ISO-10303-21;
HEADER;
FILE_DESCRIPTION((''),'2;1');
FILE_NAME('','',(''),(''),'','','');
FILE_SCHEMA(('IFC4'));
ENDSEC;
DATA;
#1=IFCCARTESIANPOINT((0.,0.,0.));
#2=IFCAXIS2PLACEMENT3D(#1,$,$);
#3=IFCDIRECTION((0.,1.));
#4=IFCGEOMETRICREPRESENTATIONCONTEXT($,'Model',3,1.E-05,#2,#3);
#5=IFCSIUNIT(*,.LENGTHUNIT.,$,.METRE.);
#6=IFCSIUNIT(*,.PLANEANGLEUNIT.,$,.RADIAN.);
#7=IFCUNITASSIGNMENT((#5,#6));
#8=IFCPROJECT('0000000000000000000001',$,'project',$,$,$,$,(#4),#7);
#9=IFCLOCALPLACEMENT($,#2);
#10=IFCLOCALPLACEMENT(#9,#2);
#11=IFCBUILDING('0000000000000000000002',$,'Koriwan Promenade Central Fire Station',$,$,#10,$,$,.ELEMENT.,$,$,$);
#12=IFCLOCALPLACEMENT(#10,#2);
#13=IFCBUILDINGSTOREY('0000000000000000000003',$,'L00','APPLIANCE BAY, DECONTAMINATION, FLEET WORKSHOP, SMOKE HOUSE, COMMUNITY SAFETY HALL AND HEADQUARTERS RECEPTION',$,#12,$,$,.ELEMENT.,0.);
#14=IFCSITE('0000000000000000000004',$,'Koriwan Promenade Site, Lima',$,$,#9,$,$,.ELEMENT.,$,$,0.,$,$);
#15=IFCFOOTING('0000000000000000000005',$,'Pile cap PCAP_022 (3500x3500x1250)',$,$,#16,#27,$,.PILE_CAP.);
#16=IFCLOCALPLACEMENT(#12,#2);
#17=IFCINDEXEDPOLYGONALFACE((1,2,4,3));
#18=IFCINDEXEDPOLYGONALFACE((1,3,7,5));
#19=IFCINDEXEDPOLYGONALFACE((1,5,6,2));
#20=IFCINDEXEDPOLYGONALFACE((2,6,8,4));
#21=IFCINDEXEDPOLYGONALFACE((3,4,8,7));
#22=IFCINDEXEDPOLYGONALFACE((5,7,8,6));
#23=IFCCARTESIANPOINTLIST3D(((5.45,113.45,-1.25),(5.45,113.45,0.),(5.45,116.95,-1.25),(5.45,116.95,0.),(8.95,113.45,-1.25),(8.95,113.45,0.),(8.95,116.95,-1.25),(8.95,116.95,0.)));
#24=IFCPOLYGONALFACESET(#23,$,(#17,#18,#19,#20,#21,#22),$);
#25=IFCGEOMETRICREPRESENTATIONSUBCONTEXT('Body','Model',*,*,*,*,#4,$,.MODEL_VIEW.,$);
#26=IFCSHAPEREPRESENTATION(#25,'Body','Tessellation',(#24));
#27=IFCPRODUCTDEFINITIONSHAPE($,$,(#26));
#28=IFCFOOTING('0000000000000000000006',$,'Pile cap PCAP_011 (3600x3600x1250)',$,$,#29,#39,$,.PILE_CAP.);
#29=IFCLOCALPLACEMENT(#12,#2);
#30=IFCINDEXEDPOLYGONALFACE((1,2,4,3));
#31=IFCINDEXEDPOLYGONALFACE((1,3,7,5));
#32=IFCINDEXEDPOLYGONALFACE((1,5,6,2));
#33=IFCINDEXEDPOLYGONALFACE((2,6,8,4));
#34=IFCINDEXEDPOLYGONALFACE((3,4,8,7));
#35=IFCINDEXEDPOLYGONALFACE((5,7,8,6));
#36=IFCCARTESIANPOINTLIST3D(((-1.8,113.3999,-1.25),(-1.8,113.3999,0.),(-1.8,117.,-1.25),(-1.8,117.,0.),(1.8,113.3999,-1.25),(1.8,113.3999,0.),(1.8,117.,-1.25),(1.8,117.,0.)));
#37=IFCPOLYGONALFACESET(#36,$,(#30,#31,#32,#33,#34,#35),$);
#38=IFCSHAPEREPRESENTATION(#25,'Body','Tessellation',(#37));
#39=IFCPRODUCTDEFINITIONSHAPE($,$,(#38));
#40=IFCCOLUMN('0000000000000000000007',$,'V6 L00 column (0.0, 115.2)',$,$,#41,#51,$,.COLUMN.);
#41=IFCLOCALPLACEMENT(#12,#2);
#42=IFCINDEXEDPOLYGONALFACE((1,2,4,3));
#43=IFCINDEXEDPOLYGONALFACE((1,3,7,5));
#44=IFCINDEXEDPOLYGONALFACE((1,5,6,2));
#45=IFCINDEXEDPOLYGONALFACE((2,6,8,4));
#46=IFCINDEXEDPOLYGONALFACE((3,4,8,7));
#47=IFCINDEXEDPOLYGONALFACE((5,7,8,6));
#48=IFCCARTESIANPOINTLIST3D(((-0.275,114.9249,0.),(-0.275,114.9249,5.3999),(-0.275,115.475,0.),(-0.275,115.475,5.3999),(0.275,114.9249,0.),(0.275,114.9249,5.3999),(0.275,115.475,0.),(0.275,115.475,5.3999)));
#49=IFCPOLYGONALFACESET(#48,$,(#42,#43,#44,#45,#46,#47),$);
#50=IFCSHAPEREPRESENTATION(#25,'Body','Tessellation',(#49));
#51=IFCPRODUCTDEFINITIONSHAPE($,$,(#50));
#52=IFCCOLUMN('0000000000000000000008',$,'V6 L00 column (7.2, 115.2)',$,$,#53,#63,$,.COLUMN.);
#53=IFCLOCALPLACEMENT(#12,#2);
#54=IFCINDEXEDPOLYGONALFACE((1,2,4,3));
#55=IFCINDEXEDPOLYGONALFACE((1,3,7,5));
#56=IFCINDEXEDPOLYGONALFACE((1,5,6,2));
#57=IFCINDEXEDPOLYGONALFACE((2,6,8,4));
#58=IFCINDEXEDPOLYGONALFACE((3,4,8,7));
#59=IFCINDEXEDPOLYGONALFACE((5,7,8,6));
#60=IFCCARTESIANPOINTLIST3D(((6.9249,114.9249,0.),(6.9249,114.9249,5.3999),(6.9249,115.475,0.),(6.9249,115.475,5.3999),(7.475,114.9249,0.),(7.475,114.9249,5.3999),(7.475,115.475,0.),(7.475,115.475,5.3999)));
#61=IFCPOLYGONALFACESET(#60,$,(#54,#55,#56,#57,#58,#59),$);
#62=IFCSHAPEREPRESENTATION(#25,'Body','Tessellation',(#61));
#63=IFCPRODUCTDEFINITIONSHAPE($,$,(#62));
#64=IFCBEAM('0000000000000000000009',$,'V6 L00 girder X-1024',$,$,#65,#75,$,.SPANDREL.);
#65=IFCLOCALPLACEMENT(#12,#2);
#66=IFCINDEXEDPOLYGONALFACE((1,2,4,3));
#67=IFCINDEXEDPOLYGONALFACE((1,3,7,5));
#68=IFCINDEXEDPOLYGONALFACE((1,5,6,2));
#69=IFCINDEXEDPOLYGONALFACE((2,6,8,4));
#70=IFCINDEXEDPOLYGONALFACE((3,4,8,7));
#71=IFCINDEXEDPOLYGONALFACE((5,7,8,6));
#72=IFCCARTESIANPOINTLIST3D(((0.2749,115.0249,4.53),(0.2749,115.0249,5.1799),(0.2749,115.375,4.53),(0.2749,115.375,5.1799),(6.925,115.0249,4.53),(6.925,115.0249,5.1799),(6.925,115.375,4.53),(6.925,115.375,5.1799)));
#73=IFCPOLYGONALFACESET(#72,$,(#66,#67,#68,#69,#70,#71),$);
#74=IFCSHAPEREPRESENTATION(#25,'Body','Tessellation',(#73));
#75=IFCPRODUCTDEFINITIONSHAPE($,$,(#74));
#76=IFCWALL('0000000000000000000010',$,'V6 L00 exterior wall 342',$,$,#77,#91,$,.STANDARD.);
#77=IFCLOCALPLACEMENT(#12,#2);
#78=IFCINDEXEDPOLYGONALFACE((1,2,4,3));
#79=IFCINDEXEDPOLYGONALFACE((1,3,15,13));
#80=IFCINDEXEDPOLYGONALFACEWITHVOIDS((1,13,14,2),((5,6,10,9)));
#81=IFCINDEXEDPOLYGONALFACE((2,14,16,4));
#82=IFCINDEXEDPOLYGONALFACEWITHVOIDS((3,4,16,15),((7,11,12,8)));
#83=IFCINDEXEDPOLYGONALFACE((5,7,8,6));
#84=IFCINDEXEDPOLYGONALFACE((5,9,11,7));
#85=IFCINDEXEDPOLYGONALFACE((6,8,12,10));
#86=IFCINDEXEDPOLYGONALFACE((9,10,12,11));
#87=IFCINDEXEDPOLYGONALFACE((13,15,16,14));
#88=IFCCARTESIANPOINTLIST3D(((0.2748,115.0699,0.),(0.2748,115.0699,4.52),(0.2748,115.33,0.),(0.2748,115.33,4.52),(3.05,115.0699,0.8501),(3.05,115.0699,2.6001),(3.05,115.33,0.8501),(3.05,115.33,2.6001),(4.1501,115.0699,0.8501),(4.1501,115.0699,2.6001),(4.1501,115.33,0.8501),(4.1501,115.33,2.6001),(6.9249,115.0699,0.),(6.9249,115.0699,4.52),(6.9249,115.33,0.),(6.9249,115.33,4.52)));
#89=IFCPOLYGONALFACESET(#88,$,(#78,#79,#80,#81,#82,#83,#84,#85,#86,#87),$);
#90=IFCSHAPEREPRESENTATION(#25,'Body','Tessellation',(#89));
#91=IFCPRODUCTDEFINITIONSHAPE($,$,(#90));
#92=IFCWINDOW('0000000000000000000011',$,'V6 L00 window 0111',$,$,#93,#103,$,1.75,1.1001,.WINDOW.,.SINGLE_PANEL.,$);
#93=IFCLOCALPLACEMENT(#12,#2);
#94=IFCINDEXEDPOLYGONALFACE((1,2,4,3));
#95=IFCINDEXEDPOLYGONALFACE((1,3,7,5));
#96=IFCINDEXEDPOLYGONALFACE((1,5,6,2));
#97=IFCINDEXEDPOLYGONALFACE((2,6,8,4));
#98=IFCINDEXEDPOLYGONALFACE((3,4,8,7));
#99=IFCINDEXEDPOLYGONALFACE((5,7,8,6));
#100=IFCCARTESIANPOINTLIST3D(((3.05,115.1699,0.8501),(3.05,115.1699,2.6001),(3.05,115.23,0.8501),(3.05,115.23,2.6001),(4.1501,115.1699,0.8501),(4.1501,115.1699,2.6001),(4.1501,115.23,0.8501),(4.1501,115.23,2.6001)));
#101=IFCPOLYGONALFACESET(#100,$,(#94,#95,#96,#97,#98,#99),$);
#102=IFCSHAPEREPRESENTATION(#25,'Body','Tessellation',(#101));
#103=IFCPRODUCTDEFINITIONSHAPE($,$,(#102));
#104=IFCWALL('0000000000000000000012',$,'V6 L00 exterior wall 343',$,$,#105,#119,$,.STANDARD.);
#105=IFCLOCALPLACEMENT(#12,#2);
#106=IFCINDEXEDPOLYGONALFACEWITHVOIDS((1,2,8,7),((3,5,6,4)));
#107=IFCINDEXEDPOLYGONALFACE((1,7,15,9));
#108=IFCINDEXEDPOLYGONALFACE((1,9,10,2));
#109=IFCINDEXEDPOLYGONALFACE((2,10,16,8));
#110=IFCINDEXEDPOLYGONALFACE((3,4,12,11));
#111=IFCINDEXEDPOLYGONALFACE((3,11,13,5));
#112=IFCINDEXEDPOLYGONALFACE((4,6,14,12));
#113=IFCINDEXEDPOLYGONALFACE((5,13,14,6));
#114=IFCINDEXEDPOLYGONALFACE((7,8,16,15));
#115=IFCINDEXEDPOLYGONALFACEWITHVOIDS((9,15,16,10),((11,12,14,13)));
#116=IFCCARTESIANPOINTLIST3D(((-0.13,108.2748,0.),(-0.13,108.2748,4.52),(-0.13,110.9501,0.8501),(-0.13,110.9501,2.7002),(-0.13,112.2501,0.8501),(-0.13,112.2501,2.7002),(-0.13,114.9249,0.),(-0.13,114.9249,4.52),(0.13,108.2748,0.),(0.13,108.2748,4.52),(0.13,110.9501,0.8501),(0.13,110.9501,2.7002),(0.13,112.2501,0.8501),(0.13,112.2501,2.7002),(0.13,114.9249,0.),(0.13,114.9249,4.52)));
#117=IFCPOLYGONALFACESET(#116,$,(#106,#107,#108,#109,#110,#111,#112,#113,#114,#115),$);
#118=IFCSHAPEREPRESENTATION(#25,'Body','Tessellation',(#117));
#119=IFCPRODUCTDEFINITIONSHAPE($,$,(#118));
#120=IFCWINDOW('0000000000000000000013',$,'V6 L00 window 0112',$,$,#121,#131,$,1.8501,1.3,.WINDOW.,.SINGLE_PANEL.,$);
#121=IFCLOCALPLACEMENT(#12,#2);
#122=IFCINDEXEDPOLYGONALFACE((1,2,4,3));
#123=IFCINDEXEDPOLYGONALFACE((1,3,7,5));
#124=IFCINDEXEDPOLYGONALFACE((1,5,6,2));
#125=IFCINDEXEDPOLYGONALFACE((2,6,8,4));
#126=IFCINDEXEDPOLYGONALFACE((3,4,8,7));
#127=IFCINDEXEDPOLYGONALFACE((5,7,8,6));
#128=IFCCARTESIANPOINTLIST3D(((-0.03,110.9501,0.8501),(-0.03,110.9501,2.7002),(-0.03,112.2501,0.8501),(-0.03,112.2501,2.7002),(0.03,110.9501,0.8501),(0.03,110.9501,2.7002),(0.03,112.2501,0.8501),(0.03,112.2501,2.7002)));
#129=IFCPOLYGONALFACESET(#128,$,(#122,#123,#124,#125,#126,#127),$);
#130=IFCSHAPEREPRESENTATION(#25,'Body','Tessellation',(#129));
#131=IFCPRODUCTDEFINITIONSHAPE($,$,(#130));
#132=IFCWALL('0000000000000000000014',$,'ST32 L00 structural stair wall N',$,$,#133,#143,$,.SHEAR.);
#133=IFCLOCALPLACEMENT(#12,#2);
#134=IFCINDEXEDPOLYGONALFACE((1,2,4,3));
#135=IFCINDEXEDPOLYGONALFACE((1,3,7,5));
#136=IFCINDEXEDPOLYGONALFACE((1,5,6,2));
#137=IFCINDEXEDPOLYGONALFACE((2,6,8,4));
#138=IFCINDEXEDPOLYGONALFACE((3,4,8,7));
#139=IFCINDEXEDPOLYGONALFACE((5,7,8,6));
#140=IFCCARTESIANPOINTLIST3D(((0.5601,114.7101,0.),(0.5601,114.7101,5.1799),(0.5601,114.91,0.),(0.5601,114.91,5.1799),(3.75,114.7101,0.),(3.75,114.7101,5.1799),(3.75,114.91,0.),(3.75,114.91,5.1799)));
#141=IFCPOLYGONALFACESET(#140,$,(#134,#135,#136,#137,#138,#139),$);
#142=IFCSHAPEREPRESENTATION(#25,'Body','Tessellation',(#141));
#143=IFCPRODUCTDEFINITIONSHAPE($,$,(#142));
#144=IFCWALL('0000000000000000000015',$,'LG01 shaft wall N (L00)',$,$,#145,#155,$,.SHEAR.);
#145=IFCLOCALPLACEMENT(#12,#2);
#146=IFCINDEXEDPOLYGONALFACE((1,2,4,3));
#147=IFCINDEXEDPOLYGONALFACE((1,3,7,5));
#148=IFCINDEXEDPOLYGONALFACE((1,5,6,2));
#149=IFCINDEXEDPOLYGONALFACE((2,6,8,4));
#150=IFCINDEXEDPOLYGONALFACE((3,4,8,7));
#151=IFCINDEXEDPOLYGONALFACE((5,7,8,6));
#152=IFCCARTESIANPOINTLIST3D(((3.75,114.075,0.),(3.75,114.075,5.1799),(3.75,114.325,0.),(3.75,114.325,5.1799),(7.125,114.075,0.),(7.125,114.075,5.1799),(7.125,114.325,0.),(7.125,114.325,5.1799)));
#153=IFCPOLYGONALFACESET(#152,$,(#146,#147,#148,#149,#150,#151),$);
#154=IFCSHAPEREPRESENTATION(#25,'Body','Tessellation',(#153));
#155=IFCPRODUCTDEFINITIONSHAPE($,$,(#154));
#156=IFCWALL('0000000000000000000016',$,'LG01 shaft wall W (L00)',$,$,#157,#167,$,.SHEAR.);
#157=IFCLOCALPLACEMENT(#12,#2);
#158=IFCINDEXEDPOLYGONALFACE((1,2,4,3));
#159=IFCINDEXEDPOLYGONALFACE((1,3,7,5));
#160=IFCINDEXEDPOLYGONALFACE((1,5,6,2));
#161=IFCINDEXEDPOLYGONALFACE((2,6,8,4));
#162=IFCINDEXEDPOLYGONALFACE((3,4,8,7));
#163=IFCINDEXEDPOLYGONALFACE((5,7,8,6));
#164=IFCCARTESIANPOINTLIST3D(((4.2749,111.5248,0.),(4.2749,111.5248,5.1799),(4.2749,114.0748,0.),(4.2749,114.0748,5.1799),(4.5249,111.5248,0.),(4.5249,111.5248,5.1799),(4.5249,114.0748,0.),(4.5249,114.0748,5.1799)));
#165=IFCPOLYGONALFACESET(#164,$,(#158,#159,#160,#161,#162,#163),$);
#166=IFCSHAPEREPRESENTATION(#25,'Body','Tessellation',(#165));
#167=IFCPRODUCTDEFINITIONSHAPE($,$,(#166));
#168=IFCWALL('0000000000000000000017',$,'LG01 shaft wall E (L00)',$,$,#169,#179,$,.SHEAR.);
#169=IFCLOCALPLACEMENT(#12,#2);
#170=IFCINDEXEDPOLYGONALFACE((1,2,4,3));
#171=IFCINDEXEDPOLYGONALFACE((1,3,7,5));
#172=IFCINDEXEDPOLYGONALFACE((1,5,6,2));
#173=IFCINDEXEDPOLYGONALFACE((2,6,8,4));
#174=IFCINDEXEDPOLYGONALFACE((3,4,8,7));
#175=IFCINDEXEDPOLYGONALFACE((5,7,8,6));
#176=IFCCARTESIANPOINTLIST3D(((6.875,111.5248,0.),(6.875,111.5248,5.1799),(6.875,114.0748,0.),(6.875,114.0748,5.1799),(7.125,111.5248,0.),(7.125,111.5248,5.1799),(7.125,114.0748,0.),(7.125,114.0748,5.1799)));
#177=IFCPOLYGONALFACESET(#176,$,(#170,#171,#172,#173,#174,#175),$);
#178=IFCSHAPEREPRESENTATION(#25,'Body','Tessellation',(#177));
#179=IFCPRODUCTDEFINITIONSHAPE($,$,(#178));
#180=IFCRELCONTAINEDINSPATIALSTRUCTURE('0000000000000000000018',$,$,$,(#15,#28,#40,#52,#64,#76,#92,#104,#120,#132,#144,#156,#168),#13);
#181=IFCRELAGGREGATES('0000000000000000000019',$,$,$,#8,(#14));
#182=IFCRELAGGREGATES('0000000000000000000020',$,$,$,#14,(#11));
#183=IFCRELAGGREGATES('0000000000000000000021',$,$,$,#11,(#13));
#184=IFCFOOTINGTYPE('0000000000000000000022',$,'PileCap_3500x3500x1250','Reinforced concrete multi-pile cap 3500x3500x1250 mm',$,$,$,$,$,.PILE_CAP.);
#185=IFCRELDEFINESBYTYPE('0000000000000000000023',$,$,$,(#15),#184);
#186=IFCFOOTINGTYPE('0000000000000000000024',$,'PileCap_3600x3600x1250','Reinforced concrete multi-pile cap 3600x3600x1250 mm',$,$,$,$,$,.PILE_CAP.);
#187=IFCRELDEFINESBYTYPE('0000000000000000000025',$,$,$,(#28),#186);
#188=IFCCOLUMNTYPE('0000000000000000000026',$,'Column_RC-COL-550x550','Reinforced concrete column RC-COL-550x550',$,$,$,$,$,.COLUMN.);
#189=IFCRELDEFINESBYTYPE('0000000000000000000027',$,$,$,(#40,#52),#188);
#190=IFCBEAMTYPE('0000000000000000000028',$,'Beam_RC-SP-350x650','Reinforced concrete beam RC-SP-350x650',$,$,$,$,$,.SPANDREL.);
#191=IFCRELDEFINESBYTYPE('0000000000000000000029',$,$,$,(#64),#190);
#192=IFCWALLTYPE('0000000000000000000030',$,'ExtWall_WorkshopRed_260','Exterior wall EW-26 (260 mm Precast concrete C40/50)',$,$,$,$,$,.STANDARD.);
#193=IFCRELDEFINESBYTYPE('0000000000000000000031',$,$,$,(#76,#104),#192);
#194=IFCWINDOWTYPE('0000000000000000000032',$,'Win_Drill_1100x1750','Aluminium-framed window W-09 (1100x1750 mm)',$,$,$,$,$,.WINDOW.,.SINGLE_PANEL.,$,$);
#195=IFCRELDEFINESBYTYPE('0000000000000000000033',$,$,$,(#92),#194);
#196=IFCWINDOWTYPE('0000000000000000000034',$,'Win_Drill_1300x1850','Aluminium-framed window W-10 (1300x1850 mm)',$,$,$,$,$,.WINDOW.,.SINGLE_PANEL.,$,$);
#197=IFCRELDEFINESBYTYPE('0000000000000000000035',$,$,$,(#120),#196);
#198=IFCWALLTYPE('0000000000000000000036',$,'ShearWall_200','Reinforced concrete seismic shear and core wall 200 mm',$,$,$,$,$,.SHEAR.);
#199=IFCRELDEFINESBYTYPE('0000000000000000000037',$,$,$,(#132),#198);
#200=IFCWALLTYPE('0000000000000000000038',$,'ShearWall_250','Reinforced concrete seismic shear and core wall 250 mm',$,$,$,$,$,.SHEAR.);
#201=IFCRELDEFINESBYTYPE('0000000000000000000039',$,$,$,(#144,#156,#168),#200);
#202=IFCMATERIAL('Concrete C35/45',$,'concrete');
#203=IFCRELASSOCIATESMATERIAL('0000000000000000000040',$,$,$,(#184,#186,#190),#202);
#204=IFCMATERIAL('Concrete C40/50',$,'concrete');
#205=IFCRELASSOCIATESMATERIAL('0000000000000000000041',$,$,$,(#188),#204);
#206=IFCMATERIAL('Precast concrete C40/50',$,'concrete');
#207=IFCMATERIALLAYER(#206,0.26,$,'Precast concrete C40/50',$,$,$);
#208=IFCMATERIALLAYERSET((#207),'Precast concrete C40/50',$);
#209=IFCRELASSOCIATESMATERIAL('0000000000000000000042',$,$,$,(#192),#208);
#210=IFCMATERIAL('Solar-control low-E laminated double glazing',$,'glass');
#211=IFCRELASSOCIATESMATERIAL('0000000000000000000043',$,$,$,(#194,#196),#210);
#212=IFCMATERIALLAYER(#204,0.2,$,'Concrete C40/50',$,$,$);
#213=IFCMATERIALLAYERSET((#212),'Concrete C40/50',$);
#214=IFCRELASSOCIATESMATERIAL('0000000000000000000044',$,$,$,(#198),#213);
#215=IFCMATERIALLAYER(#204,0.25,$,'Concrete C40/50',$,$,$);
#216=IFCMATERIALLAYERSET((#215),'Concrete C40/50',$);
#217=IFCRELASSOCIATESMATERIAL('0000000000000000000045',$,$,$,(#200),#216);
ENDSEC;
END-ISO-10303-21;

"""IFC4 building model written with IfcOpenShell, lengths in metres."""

from ifc_helpers import new_model, si_unit, direction, frame, frame_2d, origin, origin_2d, place, context, subcontext, project, spatial, rectangle, extrude, material, layer, layer_set, material_profile, profile_set, type_object, element, fill, save


model = new_model("IFC4")

# Units and contexts
model_context = context("Model", 3, precision=1e-05, world=origin(), true_north=direction((0.0, 1.0)))
body_context = subcontext(model_context, "Body", "Model", "MODEL_VIEW")
ifc_project = project(units=[si_unit("LENGTHUNIT", "METRE"), si_unit("PLANEANGLEUNIT", "RADIAN")], contexts=[model_context])

# Site, building, storey
site_placement = place(None, origin())
site = spatial("IfcSite", under=ifc_project, at=site_placement, Name="Koriwan Promenade Site, Lima", CompositionType="ELEMENT", RefElevation=0.0)
building_placement = place(site_placement, origin())
building = spatial("IfcBuilding", under=site, at=building_placement, Name="Koriwan Promenade Central Fire Station", CompositionType="ELEMENT")
storey_placement = place(building_placement, origin())
storey = spatial("IfcBuildingStorey", under=building, at=storey_placement, Name="L00", Description="APPLIANCE BAY, DECONTAMINATION, FLEET WORKSHOP, SMOKE HOUSE, COMMUNITY SAFETY HALL AND HEADQUARTERS RECEPTION", CompositionType="ELEMENT", Elevation=0.0)

# Shared definitions
ifc_material_1 = material(Name="Concrete C35/45", Category="concrete")

# Footings
footing_type_1 = type_object("IfcFootingType", Name="PileCap_3500x3500x1250", Description="Reinforced concrete multi-pile cap 3500x3500x1250 mm", PredefinedType="PILE_CAP", material=ifc_material_1)
footing_1_placement = place(storey_placement, frame((7.2, 115.2, -1.25), z_axis=(0.0, 0.0, 1.0), x_axis=(1.0, 0.0, 0.0)))
element("IfcFooting", 1, at=footing_1_placement, inside=storey, type_object=footing_type_1, Name="Pile cap PCAP_022 (3500x3500x1250)", PredefinedType="PILE_CAP", context=body_context, shape_type="SweptSolid", body=[
    extrude(rectangle(XDim=3.5, YDim=3.5, at=origin_2d()), origin(), (0.0, 0.0, 1.0), 1.25),
])
footing_type_2 = type_object("IfcFootingType", Name="PileCap_3600x3600x1250", Description="Reinforced concrete multi-pile cap 3600x3600x1250 mm", PredefinedType="PILE_CAP", material=ifc_material_1)
footing_2_placement = place(storey_placement, frame((0.0, 115.2, -1.25), z_axis=(0.0, 0.0, 1.0), x_axis=(1.0, 0.0, 0.0)))
element("IfcFooting", 2, at=footing_2_placement, inside=storey, type_object=footing_type_2, Name="Pile cap PCAP_011 (3600x3600x1250)", PredefinedType="PILE_CAP", context=body_context, shape_type="SweptSolid", body=[
    extrude(rectangle(XDim=3.6001, YDim=3.6001, at=origin_2d()), origin(), (0.0, 0.0, 1.0), 1.25),
])

# Columns
ifc_material_2 = material(Name="Concrete C40/50", Category="concrete")
ifc_material_profile_1 = material_profile(ifc_material_2, rectangle(XDim=0.55, YDim=0.55, at=origin_2d()), Name="RC-COL-550x550")
ifc_profile_set_1 = profile_set([ifc_material_profile_1], Name="Concrete C40/50")
column_type = type_object("IfcColumnType", Name="Column_RC-COL-550x550", Description="Reinforced concrete column RC-COL-550x550", PredefinedType="COLUMN", material=ifc_profile_set_1)
for number, where, z_axis, x_axis, name in (
    (3, (0.0, 115.2, 0.0), (0.0, 0.0, 1.0), (1.0, 0.0, 0.0), "V6 L00 column (0.0, 115.2)"),
    (4, (7.2, 115.2, 0.0), (0.0, 0.0, 1.0), (1.0, 0.0, 0.0), "V6 L00 column (7.2, 115.2)"),
):
    element("IfcColumn", number, at=place(storey_placement, frame(where, z_axis=z_axis, x_axis=x_axis)), inside=storey, type_object=column_type, Name=name, PredefinedType="COLUMN", context=body_context, shape_type="SweptSolid", body=[
        extrude(rectangle(XDim=0.55, YDim=0.55, at=origin_2d()), origin(), (0.0, 0.0, 1.0), 5.3999),
    ])

# Beam
ifc_material_profile_2 = material_profile(ifc_material_1, rectangle(XDim=0.3501, YDim=0.6499, at=origin_2d()), Name="RC-SP-350x650")
ifc_profile_set_2 = profile_set([ifc_material_profile_2], Name="Concrete C35/45")
beam_type = type_object("IfcBeamType", Name="Beam_RC-SP-350x650", Description="Reinforced concrete beam RC-SP-350x650", PredefinedType="SPANDREL", material=ifc_profile_set_2)
beam_placement = place(storey_placement, frame((0.2749, 115.2, 4.855), z_axis=(1.0, 0.0, 0.0), x_axis=(0.0, 1.0, 0.0)))
element("IfcBeam", 5, at=beam_placement, inside=storey, type_object=beam_type, Name="V6 L00 girder X-1024", PredefinedType="SPANDREL", context=body_context, shape_type="SweptSolid", body=[
    extrude(rectangle(XDim=0.3501, YDim=0.6499, at=origin_2d()), origin(), (0.0, 0.0, 1.0), 6.6501),
])

# Walls, openings, windows
ifc_material_3 = material(Name="Precast concrete C40/50", Category="concrete")
ifc_layer_1 = layer(ifc_material_3, 0.26, Name="Precast concrete C40/50")
ifc_layer_set_1 = layer_set([ifc_layer_1], Name="Precast concrete C40/50")
wall_type_1 = type_object("IfcWallType", Name="ExtWall_WorkshopRed_260", Description="Exterior wall EW-26 (260 mm Precast concrete C40/50)", PredefinedType="STANDARD", material=ifc_layer_set_1)
wall_1_placement = place(storey_placement, frame((6.925, 115.2, 0.0), z_axis=(0.0, 0.0, 1.0), x_axis=(-1.0, 0.0, 0.0)))
wall_1 = element("IfcWall", 6, at=wall_1_placement, inside=storey, type_object=wall_type_1, Name="V6 L00 exterior wall 342", PredefinedType="STANDARD", context=body_context, shape_type="SweptSolid", body=[
    extrude(rectangle(XDim=6.6501, YDim=0.26, at=frame_2d((3.3252, 0.0))), origin(), (0.0, 0.0, 1.0), 4.52),
])
opening_1_placement = place(wall_1_placement, frame((2.7749, 0.0, 0.8501)))
opening_1 = element("IfcOpeningElement", 7, at=opening_1_placement, cuts=wall_1, PredefinedType="OPENING", context=body_context, shape_type="SweptSolid", body=[
    extrude(rectangle(XDim=1.1001, YDim=1.75, at=frame_2d((0.55, 0.875))), frame((0.0, 0.1421, 0.0), z_axis=(0.0, -1.0, 0.0), x_axis=(1.0, 0.0, 0.0)), (0.0, 0.0, 1.0), 0.2839),
])
ifc_material_4 = material(Name="Solar-control low-E laminated double glazing", Category="glass")
window_type_1 = type_object("IfcWindowType", Name="Win_Drill_1100x1750", Description="Aluminium-framed window W-09 (1100x1750 mm)", PartitioningType="SINGLE_PANEL", PredefinedType="WINDOW", material=ifc_material_4)
window_1_placement = place(opening_1_placement, origin())
window_1 = element("IfcWindow", 8, at=window_1_placement, inside=storey, type_object=window_type_1, Name="V6 L00 window 0111", OverallHeight=1.75, OverallWidth=1.1001, PartitioningType="SINGLE_PANEL", PredefinedType="WINDOW", context=body_context, shape_type="SweptSolid", body=[
    extrude(rectangle(XDim=1.1001, YDim=1.75, at=frame_2d((0.55, 0.875))), frame((0.0, 0.03, 0.0), z_axis=(0.0, -1.0, 0.0), x_axis=(1.0, 0.0, 0.0)), (0.0, 0.0, 1.0), 0.0601),
])
fill(opening_1, window_1)
wall_2_placement = place(storey_placement, frame((0.0, 114.925, 0.0), z_axis=(0.0, 0.0, 1.0), x_axis=(0.0, -1.0, 0.0)))
wall_2 = element("IfcWall", 9, at=wall_2_placement, inside=storey, type_object=wall_type_1, Name="V6 L00 exterior wall 343", PredefinedType="STANDARD", context=body_context, shape_type="SweptSolid", body=[
    extrude(rectangle(XDim=6.6501, YDim=0.26, at=frame_2d((3.3252, 0.0))), origin(), (0.0, 0.0, 1.0), 4.52),
])
opening_2_placement = place(wall_2_placement, frame((2.675, 0.0, 0.8501)))
opening_2 = element("IfcOpeningElement", 10, at=opening_2_placement, cuts=wall_2, PredefinedType="OPENING", context=body_context, shape_type="SweptSolid", body=[
    extrude(rectangle(XDim=1.3, YDim=1.8501, at=frame_2d((0.6499, 0.925))), frame((0.0, 0.1421, 0.0), z_axis=(0.0, -1.0, 0.0), x_axis=(1.0, 0.0, 0.0)), (0.0, 0.0, 1.0), 0.2839),
])
window_type_2 = type_object("IfcWindowType", Name="Win_Drill_1300x1850", Description="Aluminium-framed window W-10 (1300x1850 mm)", PartitioningType="SINGLE_PANEL", PredefinedType="WINDOW", material=ifc_material_4)
window_2_placement = place(opening_2_placement, origin())
window_2 = element("IfcWindow", 11, at=window_2_placement, inside=storey, type_object=window_type_2, Name="V6 L00 window 0112", OverallHeight=1.8501, OverallWidth=1.3, PartitioningType="SINGLE_PANEL", PredefinedType="WINDOW", context=body_context, shape_type="SweptSolid", body=[
    extrude(rectangle(XDim=1.3, YDim=1.8501, at=frame_2d((0.6499, 0.925))), frame((0.0, 0.03, 0.0), z_axis=(0.0, -1.0, 0.0), x_axis=(1.0, 0.0, 0.0)), (0.0, 0.0, 1.0), 0.0601),
])
fill(opening_2, window_2)

# Wall
ifc_layer_2 = layer(ifc_material_2, 0.2, Name="Concrete C40/50")
ifc_layer_set_2 = layer_set([ifc_layer_2], Name="Concrete C40/50")
wall_type_2 = type_object("IfcWallType", Name="ShearWall_200", Description="Reinforced concrete seismic shear and core wall 200 mm", PredefinedType="SHEAR", material=ifc_layer_set_2)
wall_3_placement = place(storey_placement, frame((0.5601, 114.8101, 0.0), z_axis=(0.0, 0.0, 1.0), x_axis=(1.0, 0.0, 0.0)))
element("IfcWall", 12, at=wall_3_placement, inside=storey, type_object=wall_type_2, Name="ST32 L00 structural stair wall N", PredefinedType="SHEAR", context=body_context, shape_type="SweptSolid", body=[
    extrude(rectangle(XDim=3.1899, YDim=0.2, at=frame_2d((1.595, 0.0))), origin(), (0.0, 0.0, 1.0), 5.1799),
])

# Shared definitions
ifc_layer_3 = layer(ifc_material_2, 0.25, Name="Concrete C40/50")
ifc_layer_set_3 = layer_set([ifc_layer_3], Name="Concrete C40/50")
wall_type_3 = type_object("IfcWallType", Name="ShearWall_250", Description="Reinforced concrete seismic shear and core wall 250 mm", PredefinedType="SHEAR", material=ifc_layer_set_3)

# Walls
wall_4_placement = place(storey_placement, frame((3.75, 114.2, 0.0), z_axis=(0.0, 0.0, 1.0), x_axis=(1.0, 0.0, 0.0)))
element("IfcWall", 13, at=wall_4_placement, inside=storey, type_object=wall_type_3, Name="LG01 shaft wall N (L00)", PredefinedType="SHEAR", context=body_context, shape_type="SweptSolid", body=[
    extrude(rectangle(XDim=3.375, YDim=0.25, at=frame_2d((1.6875, 0.0))), origin(), (0.0, 0.0, 1.0), 5.1799),
])
for number, where, z_axis, x_axis, name in (
    (14, (4.3999, 111.5249, 0.0), (0.0, 0.0, 1.0), (0.0, 1.0, 0.0), "LG01 shaft wall W (L00)"),
    (15, (7.0, 111.5249, 0.0), (0.0, 0.0, 1.0), (0.0, 1.0, 0.0), "LG01 shaft wall E (L00)"),
):
    element("IfcWall", number, at=place(storey_placement, frame(where, z_axis=z_axis, x_axis=x_axis)), inside=storey, type_object=wall_type_3, Name=name, PredefinedType="SHEAR", context=body_context, shape_type="SweptSolid", body=[
        extrude(rectangle(XDim=2.55, YDim=0.25, at=frame_2d((1.2749, 0.0))), origin(), (0.0, 0.0, 1.0), 5.1799),
    ])

save(model, "model.ifc")
